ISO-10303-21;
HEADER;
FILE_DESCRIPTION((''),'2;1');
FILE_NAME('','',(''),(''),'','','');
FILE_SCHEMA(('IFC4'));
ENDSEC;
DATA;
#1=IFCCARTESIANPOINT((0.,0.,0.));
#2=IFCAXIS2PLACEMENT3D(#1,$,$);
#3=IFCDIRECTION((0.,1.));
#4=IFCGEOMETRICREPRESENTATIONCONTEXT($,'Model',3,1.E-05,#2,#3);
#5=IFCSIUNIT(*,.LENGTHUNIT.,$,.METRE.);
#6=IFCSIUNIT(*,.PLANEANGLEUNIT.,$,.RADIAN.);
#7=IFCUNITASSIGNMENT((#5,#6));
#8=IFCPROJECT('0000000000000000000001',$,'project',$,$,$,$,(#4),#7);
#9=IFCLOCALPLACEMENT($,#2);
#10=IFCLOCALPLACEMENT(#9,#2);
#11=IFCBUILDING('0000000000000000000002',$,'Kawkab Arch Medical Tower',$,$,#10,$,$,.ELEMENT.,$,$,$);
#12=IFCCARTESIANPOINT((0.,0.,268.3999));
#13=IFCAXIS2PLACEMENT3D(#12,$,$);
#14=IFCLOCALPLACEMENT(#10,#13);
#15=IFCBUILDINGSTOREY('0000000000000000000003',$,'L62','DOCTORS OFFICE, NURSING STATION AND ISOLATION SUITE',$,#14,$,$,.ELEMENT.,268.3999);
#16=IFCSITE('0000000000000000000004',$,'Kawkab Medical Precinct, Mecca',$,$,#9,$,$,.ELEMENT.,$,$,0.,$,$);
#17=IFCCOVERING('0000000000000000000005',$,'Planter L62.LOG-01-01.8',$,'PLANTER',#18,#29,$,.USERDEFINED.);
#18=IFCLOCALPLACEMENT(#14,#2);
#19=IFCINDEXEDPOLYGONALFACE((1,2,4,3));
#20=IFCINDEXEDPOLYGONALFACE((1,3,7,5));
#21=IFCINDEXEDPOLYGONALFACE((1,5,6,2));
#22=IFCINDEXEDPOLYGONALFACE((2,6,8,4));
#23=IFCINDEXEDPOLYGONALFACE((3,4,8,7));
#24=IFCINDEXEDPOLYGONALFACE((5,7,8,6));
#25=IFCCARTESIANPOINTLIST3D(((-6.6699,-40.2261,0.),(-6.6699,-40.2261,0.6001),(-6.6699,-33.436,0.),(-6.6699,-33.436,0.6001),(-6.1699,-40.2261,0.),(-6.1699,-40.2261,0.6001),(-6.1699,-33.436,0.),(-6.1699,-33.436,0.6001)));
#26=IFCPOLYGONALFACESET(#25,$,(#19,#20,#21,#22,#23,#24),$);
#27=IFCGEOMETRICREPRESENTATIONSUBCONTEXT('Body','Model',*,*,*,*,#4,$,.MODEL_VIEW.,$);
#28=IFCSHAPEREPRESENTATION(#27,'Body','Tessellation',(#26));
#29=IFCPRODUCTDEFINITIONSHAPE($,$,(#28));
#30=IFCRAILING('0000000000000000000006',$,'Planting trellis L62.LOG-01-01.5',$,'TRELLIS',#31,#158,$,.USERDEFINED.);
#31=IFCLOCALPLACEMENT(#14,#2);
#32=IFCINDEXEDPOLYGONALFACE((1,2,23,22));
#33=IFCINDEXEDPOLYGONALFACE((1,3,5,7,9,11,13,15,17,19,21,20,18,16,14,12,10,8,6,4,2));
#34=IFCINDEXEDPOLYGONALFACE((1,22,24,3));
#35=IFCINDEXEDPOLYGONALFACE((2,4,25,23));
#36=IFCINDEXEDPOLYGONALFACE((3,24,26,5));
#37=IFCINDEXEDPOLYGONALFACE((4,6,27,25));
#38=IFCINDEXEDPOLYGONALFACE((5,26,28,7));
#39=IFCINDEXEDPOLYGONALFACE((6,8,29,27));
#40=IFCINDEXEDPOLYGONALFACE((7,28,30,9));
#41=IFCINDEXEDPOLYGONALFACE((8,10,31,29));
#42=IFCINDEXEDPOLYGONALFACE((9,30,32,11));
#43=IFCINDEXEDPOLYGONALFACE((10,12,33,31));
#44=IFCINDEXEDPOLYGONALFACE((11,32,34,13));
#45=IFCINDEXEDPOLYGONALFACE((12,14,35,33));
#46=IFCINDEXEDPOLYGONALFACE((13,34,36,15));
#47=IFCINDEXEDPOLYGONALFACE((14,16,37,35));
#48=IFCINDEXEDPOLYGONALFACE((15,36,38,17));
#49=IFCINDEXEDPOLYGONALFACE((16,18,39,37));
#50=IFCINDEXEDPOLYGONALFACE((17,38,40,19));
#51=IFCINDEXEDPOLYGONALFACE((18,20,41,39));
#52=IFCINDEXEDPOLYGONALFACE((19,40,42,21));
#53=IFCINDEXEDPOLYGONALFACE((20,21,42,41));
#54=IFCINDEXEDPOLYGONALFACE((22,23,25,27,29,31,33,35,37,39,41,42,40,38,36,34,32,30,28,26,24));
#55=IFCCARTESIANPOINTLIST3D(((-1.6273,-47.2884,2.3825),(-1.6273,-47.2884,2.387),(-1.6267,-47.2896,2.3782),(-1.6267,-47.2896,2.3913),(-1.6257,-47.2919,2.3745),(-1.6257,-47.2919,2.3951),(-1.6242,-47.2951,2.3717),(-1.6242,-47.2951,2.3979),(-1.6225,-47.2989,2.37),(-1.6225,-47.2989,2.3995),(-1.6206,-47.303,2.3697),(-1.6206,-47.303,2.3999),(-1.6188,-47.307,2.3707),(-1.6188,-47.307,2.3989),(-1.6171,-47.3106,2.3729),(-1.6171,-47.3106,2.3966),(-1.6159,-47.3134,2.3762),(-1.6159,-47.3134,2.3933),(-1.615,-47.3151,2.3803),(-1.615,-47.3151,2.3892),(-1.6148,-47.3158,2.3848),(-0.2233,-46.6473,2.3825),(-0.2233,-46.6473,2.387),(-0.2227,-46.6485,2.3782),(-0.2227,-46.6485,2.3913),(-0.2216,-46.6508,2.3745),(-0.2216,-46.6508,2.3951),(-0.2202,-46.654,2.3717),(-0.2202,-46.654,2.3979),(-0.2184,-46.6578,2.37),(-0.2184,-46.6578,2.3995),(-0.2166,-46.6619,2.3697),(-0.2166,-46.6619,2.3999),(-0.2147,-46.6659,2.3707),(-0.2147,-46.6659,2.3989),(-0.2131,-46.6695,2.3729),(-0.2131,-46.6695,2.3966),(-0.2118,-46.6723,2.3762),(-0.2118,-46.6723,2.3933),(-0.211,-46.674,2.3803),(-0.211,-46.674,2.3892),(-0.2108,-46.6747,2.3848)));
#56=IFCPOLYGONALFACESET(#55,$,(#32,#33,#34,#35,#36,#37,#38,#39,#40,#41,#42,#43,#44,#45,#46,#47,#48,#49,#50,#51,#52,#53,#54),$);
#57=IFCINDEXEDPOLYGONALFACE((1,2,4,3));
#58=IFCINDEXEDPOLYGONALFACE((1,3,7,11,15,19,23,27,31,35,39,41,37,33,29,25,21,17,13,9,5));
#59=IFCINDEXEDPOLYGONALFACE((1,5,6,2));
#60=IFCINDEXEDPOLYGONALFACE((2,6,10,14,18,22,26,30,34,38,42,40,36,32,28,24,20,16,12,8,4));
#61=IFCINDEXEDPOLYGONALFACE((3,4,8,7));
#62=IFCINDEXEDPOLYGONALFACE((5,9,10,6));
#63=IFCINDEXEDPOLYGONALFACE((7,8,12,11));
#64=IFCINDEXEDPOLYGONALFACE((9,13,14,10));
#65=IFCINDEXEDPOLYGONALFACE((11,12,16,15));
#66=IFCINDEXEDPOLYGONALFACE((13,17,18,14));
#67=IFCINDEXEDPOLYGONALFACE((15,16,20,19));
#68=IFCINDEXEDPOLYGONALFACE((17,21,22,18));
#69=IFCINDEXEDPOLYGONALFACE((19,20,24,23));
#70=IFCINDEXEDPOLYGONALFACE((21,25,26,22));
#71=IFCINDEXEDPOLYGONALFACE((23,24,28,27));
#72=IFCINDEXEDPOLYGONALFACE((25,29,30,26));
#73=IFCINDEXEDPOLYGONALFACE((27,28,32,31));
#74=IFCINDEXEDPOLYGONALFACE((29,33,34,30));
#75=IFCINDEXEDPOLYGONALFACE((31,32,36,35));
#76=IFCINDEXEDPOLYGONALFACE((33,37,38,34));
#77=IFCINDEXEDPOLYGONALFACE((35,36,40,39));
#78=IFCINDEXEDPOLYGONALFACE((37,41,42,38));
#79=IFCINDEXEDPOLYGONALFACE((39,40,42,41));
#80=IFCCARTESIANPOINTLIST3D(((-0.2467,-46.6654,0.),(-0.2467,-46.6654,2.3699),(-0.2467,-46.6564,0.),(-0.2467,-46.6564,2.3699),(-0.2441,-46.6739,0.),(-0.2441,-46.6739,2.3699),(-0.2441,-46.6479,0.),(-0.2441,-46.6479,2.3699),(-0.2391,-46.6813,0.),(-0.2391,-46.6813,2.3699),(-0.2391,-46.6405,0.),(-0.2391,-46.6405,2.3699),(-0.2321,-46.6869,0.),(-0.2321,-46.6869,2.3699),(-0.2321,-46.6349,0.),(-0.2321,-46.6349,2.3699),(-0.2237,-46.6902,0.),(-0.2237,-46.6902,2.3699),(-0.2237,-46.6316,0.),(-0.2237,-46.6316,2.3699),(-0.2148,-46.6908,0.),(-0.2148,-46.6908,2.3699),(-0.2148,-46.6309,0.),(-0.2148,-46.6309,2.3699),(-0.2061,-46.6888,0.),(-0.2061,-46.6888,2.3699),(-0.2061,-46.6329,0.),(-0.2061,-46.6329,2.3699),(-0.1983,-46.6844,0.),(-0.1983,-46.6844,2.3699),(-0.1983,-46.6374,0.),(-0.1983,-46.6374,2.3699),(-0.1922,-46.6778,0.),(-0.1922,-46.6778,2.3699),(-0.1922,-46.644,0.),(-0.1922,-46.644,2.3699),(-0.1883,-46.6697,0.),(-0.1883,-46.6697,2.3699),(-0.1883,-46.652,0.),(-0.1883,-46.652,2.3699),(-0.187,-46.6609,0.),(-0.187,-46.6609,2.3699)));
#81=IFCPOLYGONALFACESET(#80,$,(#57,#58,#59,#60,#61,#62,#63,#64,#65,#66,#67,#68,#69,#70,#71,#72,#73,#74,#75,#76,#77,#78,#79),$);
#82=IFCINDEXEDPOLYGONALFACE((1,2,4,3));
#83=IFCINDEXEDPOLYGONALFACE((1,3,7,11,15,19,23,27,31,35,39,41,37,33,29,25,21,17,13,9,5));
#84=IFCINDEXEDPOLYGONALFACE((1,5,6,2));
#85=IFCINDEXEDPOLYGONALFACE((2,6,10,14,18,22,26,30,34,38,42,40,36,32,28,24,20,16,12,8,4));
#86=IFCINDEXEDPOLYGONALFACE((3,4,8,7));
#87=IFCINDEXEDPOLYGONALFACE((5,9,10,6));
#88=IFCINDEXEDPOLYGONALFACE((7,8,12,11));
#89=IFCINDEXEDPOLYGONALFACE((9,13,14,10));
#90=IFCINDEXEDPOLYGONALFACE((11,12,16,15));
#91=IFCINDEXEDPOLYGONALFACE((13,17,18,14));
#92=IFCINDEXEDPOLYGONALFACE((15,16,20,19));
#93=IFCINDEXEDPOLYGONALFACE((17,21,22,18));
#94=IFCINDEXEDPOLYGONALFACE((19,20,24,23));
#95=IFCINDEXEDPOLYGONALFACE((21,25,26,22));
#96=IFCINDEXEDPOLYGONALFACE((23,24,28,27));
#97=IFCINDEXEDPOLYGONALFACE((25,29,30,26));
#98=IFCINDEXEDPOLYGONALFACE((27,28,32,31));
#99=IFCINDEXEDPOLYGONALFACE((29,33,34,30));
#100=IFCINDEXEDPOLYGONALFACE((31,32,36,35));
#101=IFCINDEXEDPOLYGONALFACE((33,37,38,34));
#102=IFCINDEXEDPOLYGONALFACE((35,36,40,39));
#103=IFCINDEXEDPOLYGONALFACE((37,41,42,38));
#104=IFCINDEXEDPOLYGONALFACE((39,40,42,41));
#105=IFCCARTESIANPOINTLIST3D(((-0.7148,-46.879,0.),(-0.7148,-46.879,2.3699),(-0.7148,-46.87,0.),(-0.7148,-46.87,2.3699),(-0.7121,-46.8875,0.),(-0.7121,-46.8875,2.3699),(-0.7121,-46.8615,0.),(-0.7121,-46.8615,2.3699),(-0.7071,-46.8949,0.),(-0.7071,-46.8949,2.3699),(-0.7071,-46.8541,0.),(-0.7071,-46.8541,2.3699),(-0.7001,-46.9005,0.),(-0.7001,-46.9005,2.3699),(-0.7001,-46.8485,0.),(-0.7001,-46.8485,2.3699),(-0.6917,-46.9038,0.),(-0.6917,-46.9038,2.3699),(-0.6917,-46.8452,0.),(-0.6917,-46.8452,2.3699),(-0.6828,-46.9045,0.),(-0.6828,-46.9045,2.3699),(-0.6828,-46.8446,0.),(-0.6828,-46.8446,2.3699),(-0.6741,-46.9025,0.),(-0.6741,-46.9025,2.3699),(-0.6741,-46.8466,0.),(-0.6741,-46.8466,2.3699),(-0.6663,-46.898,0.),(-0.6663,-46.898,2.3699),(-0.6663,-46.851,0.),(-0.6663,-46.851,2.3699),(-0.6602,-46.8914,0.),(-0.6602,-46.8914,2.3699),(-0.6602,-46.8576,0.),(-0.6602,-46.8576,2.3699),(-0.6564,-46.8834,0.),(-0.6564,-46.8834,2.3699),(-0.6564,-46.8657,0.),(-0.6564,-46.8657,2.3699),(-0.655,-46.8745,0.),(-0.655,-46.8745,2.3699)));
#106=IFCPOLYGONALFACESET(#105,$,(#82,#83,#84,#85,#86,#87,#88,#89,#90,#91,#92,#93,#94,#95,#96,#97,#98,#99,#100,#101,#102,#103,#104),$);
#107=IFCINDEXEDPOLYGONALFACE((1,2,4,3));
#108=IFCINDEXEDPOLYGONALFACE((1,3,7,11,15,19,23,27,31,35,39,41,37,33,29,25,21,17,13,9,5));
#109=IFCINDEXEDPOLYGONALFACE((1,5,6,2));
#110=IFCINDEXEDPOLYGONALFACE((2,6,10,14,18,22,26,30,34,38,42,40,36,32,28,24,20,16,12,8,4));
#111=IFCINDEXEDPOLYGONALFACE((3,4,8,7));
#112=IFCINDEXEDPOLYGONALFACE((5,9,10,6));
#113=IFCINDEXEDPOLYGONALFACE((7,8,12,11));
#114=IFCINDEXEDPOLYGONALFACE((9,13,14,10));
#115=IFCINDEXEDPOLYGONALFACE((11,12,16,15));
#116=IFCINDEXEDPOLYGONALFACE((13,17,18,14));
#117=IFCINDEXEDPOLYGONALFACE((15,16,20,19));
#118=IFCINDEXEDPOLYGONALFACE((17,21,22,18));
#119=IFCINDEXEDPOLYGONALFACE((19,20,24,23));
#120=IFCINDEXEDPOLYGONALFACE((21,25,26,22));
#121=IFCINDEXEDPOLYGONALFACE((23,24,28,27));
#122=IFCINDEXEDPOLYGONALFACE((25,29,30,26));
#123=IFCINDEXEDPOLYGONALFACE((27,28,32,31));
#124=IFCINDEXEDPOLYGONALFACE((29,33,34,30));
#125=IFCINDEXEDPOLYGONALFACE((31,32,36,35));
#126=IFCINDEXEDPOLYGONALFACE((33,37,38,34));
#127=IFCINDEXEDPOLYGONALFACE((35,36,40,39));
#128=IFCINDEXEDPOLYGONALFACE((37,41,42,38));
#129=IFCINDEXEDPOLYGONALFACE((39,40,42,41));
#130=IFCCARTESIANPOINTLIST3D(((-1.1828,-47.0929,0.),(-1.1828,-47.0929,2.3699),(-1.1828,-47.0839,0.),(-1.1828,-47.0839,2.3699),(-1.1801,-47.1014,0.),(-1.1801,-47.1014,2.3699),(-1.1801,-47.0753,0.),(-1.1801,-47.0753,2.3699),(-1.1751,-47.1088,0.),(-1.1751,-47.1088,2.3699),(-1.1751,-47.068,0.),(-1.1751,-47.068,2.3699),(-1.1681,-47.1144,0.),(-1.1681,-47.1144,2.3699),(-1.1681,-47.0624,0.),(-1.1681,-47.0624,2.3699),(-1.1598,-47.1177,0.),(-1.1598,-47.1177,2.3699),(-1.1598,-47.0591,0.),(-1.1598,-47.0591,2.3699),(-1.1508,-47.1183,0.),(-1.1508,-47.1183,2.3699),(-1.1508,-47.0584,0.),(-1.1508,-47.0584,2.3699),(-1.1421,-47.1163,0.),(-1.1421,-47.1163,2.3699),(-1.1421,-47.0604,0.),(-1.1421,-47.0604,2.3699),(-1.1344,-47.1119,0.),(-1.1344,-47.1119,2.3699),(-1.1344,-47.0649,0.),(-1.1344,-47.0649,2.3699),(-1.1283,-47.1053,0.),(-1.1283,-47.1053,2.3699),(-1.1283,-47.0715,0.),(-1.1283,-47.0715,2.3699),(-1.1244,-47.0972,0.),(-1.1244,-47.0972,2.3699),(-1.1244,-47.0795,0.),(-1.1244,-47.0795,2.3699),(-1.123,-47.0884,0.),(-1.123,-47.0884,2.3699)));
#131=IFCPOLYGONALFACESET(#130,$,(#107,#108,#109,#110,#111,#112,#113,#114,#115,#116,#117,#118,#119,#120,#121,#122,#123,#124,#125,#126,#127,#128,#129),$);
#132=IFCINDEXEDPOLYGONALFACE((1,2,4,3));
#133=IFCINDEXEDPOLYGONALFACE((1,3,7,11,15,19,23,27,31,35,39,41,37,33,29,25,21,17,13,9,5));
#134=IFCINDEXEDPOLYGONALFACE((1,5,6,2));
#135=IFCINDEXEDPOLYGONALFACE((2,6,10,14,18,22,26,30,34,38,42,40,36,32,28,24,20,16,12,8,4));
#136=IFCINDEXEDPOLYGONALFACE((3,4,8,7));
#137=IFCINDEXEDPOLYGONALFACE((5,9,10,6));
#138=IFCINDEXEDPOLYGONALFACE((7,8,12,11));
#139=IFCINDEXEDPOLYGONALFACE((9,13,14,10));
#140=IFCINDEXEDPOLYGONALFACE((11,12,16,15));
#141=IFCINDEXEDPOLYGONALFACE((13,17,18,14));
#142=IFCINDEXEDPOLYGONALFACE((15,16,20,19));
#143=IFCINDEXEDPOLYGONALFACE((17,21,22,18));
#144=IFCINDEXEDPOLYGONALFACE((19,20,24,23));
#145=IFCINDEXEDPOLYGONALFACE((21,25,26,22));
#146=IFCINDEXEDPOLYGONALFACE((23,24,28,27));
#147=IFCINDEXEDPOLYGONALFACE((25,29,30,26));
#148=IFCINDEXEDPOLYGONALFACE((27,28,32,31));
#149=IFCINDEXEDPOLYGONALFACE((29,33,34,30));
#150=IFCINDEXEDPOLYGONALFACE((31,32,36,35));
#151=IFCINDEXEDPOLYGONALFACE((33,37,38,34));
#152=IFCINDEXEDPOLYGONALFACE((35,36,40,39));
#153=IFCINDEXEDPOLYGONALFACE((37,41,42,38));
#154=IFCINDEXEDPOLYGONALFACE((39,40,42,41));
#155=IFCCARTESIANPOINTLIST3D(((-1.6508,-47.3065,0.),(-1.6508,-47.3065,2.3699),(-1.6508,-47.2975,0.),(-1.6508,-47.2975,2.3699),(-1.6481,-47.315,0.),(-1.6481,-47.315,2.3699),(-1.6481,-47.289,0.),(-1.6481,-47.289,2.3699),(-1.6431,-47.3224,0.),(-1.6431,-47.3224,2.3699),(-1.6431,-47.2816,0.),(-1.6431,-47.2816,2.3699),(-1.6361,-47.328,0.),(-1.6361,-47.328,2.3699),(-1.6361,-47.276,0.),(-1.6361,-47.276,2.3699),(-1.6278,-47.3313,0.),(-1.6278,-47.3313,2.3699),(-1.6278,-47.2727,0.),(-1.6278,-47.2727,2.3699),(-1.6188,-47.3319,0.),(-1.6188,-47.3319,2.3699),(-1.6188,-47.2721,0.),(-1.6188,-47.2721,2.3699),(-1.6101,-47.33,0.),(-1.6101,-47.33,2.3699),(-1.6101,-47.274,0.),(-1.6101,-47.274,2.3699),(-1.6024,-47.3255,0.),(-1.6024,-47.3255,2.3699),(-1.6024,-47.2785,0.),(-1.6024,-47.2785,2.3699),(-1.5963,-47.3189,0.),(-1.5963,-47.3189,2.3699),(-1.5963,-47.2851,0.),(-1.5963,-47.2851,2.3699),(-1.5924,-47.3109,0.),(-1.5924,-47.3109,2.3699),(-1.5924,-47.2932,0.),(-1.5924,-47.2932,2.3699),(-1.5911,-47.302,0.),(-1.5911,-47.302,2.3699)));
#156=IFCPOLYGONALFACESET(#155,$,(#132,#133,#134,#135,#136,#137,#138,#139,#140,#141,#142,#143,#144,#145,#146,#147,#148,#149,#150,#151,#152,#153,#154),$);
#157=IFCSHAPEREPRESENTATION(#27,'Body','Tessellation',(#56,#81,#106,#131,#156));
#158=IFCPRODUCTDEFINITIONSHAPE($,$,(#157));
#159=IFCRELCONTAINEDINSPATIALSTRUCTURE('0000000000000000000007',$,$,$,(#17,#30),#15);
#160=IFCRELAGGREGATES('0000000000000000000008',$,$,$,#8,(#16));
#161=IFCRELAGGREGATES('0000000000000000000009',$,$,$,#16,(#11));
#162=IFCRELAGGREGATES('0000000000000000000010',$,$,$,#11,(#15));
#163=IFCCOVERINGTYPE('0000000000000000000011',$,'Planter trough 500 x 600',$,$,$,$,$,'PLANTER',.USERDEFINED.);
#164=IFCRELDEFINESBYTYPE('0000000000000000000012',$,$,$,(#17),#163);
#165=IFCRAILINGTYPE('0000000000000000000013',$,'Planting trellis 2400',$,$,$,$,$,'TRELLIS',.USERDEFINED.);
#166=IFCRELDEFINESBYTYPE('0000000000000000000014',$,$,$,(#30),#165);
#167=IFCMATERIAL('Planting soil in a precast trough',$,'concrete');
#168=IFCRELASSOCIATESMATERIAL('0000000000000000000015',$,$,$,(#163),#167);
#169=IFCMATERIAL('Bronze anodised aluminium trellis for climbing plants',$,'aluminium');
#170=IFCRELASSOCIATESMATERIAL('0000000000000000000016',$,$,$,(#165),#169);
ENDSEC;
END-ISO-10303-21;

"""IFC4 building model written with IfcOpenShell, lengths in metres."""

from ifc_helpers import new_model, si_unit, direction, frame, origin, origin_2d, place, context, subcontext, project, spatial, rectangle, circle, extrude, material, material_profile, profile_set, type_object, element, save


model = new_model("IFC4")

# Units and contexts
model_context = context("Model", 3, precision=1e-05, world=origin(), true_north=direction((0.0, 1.0)))
body_context = subcontext(model_context, "Body", "Model", "MODEL_VIEW")
ifc_project = project(units=[si_unit("LENGTHUNIT", "METRE"), si_unit("PLANEANGLEUNIT", "RADIAN")], contexts=[model_context])

# Site, building, storey
site_placement = place(None, origin())
site = spatial("IfcSite", under=ifc_project, at=site_placement, Name="Kawkab Medical Precinct, Mecca", CompositionType="ELEMENT", RefElevation=0.0)
building_placement = place(site_placement, origin())
building = spatial("IfcBuilding", under=site, at=building_placement, Name="Kawkab Arch Medical Tower", CompositionType="ELEMENT")
storey_placement = place(building_placement, frame((0.0, 0.0, 268.3999)))
storey = spatial("IfcBuildingStorey", under=building, at=storey_placement, Name="L62", Description="DOCTORS OFFICE, NURSING STATION AND ISOLATION SUITE", CompositionType="ELEMENT", Elevation=268.3999)

# Covering
ifc_material_1 = material(Name="Planting soil in a precast trough", Category="concrete")
ifc_material_profile_1 = material_profile(ifc_material_1, rectangle(XDim=0.5, YDim=0.6001, at=origin_2d()), Name="Trough 500x600")
ifc_profile_set_1 = profile_set([ifc_material_profile_1], Name="Planting soil in a precast trough")
covering_type = type_object("IfcCoveringType", Name="Planter trough 500 x 600", ElementType="PLANTER", PredefinedType="USERDEFINED", material=ifc_profile_set_1)
covering_1_placement = place(storey_placement, frame((-6.4199, -40.2261, 0.3), z_axis=(0.0, 1.0, 0.0), x_axis=(-1.0, 0.0, 0.0)))
element("IfcCovering", 1, at=covering_1_placement, inside=storey, type_object=covering_type, Name="Planter L62.LOG-01-01.8", ObjectType="PLANTER", PredefinedType="USERDEFINED", context=body_context, shape_type="SweptSolid", body=[
    extrude(rectangle(XDim=0.5, YDim=0.6001, at=origin_2d()), origin(), (0.0, 0.0, 1.0), 6.79),
])

# Railing
ifc_material_2 = material(Name="Bronze anodised aluminium trellis for climbing plants", Category="aluminium")
railing_type_1 = type_object("IfcRailingType", Name="Planting trellis 2400", ElementType="TRELLIS", PredefinedType="USERDEFINED", material=ifc_material_2)
railing_1_placement = place(storey_placement, frame((-0.217, -46.6609, 0.0)))
element("IfcRailing", 2, at=railing_1_placement, inside=storey, type_object=railing_type_1, Name="Planting trellis L62.LOG-01-01.5", ObjectType="TRELLIS", PredefinedType="USERDEFINED", context=body_context, shape_type="SweptSolid", body=[
    extrude(circle(Radius=0.0151, at=origin_2d()), frame((0.0, 0.0, 2.3848), z_axis=(-0.909656, -0.415363, 0.0), x_axis=(0.415363, -0.909656, 0.0)), (0.0, 0.0, 1.0), 1.5435),
    extrude(circle(Radius=0.03, at=origin_2d()), origin(), (0.0, 0.0, 1.0), 2.3699),
    extrude(circle(Radius=0.03, at=origin_2d()), frame((-0.468, -0.2136, 0.0)), (0.0, 0.0, 1.0), 2.3699),
    extrude(circle(Radius=0.03, at=origin_2d()), frame((-0.936, -0.4275, 0.0)), (0.0, 0.0, 1.0), 2.3699),
    extrude(circle(Radius=0.03, at=origin_2d()), frame((-1.4041, -0.6411, 0.0)), (0.0, 0.0, 1.0), 2.3699),
])

save(model, "model.ifc")
